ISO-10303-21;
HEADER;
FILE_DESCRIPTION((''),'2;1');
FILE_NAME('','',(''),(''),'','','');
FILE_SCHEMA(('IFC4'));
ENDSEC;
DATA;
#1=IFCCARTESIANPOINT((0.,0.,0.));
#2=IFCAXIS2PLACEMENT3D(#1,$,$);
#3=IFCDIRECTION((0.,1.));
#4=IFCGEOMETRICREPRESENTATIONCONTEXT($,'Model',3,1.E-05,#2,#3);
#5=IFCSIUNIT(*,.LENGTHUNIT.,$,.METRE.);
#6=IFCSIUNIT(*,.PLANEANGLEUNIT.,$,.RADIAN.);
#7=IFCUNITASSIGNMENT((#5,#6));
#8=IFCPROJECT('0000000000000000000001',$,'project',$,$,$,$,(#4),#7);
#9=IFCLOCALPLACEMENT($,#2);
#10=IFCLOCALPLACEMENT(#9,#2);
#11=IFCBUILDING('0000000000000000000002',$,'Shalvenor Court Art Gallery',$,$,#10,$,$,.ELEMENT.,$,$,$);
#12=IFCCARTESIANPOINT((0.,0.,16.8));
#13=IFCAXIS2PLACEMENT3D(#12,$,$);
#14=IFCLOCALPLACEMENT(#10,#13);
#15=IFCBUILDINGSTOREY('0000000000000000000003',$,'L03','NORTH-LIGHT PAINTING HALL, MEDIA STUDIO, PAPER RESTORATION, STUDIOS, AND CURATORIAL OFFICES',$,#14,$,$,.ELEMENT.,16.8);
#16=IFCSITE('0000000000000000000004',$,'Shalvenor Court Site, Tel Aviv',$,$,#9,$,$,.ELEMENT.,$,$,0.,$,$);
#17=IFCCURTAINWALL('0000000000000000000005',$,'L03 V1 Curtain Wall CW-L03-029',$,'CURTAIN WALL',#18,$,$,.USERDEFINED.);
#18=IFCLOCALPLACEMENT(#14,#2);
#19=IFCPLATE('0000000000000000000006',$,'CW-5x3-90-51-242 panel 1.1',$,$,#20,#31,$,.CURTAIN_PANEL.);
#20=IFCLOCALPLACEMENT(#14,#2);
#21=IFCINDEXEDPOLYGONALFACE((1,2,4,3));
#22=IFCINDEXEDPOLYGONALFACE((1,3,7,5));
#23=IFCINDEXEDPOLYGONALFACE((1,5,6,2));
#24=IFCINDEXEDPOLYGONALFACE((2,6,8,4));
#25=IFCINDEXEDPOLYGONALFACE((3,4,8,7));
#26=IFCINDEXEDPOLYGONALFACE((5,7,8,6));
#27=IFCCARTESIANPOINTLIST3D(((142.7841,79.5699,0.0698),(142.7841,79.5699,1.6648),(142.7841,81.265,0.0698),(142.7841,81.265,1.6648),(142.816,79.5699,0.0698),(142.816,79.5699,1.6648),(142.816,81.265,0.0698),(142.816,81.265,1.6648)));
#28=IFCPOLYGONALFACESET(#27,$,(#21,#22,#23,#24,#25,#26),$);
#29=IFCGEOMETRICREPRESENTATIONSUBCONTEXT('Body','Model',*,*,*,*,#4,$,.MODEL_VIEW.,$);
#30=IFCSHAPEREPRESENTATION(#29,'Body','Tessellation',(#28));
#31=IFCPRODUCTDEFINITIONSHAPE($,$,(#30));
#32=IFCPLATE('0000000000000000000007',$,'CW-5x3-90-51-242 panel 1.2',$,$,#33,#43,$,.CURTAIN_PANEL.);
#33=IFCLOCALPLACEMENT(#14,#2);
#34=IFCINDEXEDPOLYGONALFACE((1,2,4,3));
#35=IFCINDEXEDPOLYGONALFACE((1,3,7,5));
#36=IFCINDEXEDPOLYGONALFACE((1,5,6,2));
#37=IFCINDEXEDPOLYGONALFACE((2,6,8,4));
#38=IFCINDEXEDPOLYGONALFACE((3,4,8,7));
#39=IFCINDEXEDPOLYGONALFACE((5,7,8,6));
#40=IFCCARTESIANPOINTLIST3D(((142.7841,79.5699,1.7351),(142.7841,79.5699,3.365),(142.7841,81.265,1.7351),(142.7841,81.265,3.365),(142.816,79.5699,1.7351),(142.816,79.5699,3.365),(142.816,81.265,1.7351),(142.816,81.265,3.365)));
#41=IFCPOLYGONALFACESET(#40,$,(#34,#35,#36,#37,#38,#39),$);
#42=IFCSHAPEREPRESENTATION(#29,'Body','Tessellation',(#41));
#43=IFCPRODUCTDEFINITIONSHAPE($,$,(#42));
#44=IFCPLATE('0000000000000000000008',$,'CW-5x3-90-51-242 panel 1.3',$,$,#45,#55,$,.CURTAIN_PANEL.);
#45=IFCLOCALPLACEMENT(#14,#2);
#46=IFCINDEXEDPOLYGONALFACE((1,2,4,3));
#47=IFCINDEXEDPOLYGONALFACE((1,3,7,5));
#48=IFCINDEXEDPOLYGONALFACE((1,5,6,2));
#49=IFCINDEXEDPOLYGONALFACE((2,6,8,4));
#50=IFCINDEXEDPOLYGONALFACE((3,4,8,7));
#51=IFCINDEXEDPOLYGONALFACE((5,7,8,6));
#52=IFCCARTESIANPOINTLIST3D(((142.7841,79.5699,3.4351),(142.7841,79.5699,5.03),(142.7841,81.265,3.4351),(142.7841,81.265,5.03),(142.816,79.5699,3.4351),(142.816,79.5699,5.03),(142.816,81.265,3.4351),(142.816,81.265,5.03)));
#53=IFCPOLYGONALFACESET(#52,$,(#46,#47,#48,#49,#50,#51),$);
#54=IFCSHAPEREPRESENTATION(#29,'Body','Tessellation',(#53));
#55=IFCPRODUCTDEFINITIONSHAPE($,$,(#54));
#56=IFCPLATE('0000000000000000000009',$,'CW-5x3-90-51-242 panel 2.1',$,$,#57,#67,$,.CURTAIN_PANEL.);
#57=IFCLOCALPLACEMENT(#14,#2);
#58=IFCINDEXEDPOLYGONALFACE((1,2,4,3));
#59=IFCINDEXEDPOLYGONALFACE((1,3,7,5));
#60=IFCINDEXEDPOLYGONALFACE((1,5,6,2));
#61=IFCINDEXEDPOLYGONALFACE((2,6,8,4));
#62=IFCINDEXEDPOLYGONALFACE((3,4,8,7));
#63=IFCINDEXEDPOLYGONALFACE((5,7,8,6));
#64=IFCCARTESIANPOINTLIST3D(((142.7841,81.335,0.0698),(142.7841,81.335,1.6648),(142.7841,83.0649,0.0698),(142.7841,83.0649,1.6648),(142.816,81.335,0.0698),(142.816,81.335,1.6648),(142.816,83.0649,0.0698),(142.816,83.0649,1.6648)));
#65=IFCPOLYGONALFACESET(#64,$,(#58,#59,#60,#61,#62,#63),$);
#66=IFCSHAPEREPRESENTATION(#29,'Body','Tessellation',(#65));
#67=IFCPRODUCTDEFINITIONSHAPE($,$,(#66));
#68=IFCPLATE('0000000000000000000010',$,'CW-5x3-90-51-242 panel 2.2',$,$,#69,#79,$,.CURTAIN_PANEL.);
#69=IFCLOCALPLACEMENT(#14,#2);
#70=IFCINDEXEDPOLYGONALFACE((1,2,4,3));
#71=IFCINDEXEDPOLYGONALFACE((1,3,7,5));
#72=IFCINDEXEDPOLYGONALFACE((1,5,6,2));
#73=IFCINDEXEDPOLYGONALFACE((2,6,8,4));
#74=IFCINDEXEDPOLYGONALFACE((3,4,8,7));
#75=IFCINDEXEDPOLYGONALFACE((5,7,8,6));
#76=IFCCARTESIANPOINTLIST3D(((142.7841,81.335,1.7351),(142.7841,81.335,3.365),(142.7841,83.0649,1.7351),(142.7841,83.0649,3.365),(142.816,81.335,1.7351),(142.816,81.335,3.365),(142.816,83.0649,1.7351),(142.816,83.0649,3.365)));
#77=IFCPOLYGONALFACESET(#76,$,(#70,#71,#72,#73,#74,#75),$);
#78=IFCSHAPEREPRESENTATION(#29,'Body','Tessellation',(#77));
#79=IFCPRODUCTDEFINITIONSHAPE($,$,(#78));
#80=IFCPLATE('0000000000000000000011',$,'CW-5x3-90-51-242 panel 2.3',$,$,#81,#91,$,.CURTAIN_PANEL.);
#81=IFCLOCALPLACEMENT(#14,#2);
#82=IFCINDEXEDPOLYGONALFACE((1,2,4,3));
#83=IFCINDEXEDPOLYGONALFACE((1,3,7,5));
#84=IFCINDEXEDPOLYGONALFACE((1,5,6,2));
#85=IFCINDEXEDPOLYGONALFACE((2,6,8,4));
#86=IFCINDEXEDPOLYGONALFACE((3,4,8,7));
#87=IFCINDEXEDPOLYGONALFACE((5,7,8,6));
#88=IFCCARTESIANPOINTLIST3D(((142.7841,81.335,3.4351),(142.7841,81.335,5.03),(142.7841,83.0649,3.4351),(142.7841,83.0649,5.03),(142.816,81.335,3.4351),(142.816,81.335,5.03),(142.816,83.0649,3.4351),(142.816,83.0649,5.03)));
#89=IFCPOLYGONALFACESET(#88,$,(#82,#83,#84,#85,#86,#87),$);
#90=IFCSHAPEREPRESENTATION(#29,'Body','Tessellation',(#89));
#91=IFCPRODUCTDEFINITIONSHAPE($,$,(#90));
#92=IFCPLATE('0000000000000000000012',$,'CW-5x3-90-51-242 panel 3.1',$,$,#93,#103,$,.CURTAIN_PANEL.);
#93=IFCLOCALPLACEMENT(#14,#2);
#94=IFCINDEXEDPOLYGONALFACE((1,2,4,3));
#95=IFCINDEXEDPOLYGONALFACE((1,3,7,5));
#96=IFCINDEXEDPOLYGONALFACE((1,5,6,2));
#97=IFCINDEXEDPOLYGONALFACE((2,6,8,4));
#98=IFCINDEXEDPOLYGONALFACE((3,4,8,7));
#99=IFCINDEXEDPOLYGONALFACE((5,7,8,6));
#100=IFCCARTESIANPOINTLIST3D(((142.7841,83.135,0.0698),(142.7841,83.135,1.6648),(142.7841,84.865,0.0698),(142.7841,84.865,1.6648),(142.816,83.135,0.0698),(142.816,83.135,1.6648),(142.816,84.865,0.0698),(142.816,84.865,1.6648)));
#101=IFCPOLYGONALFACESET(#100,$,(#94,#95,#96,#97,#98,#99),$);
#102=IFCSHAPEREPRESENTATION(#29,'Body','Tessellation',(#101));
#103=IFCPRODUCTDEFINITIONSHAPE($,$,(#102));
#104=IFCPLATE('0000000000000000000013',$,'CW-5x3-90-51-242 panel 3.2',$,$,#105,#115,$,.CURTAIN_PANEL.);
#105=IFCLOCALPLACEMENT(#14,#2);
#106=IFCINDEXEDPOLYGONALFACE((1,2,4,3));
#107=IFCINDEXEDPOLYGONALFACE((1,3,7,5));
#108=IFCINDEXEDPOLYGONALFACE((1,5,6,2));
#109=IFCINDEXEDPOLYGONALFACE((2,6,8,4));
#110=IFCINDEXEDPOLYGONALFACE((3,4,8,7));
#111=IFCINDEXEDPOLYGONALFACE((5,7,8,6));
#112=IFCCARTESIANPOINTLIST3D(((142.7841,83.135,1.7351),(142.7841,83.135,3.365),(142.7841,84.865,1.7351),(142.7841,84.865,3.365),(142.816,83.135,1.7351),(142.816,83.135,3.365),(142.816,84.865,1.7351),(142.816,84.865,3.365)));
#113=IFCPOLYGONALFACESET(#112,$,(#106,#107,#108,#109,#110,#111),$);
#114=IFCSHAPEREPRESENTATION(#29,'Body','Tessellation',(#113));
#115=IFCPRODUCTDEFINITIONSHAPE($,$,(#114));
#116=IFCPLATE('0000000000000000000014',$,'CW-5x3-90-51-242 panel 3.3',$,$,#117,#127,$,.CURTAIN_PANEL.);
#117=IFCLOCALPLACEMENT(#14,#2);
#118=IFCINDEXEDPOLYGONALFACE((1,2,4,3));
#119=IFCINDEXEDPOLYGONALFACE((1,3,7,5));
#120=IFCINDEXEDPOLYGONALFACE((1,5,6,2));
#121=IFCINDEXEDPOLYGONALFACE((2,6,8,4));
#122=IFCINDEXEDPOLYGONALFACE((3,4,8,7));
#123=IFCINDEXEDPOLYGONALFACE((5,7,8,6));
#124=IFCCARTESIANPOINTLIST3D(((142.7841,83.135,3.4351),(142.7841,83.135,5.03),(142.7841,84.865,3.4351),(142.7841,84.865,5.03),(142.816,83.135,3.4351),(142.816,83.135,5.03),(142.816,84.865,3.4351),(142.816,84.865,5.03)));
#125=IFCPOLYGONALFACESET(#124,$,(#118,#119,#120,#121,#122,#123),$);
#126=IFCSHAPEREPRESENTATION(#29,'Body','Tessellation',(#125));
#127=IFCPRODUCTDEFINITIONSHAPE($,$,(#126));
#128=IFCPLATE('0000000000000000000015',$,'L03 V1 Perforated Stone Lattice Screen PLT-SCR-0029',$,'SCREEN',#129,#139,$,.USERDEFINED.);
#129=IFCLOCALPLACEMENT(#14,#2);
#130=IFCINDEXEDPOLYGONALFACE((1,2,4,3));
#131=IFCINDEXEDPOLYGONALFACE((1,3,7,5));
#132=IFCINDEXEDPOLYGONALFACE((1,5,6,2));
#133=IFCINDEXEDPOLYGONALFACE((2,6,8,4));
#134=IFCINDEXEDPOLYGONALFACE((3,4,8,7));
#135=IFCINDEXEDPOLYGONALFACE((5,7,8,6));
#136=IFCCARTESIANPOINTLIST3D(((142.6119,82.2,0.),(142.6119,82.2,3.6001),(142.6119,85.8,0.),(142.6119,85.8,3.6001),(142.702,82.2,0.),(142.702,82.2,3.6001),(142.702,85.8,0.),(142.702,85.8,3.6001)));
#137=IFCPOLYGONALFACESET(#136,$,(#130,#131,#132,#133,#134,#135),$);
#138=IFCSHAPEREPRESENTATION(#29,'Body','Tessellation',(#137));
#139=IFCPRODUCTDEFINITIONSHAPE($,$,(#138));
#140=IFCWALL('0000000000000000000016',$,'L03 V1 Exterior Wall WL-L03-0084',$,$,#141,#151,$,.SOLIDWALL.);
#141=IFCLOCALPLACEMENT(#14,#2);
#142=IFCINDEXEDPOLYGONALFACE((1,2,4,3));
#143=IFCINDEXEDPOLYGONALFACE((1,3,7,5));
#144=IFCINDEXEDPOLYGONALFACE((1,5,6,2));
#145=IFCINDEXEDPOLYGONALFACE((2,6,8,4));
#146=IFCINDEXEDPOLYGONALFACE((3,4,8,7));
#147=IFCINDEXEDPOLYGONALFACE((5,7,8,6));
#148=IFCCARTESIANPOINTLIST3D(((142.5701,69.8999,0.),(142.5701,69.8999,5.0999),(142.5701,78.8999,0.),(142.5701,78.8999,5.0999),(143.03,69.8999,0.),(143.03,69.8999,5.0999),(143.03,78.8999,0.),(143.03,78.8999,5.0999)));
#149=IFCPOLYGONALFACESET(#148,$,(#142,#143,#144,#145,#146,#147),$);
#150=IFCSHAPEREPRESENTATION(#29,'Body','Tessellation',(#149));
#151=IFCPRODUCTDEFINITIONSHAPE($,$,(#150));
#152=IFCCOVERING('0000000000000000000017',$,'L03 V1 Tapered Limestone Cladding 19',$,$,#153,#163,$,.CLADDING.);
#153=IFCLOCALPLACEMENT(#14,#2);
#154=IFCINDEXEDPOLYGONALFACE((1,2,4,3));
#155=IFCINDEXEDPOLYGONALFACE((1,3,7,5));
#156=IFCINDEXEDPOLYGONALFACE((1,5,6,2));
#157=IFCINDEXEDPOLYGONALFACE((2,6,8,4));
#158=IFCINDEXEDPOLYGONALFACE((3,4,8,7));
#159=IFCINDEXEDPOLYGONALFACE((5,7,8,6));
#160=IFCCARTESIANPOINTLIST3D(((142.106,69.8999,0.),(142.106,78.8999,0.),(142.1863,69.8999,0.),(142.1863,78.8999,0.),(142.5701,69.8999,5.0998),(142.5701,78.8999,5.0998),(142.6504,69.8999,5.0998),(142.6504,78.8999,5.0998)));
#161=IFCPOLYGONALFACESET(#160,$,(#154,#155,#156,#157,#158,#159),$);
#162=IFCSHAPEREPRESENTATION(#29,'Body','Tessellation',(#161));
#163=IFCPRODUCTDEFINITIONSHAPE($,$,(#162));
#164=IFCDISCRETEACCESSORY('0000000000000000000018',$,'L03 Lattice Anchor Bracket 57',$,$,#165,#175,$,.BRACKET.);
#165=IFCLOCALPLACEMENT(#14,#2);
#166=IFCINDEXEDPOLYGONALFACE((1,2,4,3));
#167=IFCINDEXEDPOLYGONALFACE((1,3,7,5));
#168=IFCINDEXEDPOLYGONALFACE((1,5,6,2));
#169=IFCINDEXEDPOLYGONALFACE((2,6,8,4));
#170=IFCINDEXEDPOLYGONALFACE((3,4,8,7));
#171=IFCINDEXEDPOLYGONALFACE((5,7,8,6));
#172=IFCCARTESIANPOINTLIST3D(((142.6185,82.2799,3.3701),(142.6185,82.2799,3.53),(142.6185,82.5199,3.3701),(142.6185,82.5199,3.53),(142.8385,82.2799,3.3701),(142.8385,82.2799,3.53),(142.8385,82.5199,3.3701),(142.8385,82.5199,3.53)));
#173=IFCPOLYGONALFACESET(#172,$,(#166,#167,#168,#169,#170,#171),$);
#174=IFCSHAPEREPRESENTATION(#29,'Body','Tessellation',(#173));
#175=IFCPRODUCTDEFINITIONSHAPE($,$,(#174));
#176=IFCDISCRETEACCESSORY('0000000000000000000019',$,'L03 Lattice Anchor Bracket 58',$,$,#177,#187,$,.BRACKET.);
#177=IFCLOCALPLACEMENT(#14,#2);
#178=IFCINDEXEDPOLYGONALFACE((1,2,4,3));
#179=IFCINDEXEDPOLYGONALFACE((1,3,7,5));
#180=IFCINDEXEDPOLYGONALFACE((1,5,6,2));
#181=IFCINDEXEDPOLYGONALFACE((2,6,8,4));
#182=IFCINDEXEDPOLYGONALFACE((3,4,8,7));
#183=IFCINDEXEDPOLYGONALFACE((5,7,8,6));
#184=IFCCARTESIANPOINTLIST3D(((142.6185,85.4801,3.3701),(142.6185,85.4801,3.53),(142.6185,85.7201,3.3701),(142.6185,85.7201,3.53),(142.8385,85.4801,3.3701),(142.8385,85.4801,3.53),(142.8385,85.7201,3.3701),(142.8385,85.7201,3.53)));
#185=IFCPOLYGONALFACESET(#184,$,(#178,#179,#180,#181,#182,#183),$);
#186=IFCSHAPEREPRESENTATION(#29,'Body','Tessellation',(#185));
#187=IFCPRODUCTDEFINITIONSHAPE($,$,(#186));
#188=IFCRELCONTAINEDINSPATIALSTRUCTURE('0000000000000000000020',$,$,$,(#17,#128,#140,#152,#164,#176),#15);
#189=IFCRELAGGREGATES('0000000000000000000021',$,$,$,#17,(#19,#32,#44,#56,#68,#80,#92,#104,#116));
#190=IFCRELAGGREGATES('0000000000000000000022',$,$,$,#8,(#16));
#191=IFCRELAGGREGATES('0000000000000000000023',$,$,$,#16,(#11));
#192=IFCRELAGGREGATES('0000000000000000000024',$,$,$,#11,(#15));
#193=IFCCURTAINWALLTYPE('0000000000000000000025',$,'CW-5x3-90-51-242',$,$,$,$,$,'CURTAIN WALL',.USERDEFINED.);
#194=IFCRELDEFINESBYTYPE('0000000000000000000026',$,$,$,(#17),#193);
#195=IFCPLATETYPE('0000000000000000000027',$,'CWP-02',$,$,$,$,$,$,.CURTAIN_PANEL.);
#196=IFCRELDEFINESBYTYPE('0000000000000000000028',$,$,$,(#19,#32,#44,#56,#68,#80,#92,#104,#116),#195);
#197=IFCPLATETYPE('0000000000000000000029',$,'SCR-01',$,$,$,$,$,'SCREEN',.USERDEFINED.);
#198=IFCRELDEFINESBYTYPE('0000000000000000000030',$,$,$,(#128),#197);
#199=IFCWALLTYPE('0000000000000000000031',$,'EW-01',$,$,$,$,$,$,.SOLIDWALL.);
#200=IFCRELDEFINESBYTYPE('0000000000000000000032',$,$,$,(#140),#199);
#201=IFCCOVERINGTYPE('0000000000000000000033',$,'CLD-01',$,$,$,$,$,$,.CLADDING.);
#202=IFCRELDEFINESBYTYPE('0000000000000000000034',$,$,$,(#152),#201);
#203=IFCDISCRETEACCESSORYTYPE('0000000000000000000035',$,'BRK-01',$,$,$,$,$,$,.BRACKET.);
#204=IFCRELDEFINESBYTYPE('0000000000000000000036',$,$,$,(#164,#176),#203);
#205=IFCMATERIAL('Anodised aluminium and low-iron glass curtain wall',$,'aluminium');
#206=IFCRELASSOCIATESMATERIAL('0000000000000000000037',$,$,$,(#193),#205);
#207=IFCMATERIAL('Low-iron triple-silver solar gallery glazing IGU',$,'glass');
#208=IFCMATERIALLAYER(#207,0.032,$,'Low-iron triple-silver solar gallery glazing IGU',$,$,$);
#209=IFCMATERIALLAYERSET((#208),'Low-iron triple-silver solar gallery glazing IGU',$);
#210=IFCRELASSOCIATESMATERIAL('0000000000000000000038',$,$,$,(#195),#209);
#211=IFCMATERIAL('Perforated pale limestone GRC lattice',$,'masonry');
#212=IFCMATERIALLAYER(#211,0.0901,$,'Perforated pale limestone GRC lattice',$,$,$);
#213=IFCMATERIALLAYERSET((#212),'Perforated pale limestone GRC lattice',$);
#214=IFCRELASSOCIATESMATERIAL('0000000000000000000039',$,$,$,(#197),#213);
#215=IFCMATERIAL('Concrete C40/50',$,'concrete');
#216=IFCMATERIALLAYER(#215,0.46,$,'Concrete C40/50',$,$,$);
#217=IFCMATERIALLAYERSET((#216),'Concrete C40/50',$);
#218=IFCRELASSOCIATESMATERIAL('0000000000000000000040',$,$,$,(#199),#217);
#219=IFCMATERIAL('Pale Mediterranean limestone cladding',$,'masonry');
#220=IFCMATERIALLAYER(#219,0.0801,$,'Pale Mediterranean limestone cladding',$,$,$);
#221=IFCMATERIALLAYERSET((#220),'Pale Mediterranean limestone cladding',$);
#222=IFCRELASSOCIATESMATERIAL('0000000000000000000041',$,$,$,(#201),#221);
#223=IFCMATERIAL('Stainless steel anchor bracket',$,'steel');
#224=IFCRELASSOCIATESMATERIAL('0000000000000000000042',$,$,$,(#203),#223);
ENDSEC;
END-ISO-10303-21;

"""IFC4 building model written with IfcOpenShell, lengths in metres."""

from ifc_helpers import new_model, si_unit, direction, frame, frame_2d, origin, origin_2d, place, context, subcontext, project, spatial, polyline, rectangle, outline, extrude, material, layer, layer_set, type_object, element, aggregate, save


model = new_model("IFC4")

# Units and contexts
model_context = context("Model", 3, precision=1e-05, world=origin(), true_north=direction((0.0, 1.0)))
body_context = subcontext(model_context, "Body", "Model", "MODEL_VIEW")
ifc_project = project(units=[si_unit("LENGTHUNIT", "METRE"), si_unit("PLANEANGLEUNIT", "RADIAN")], contexts=[model_context])

# Site, building, storey
site_placement = place(None, origin())
site = spatial("IfcSite", under=ifc_project, at=site_placement, Name="Shalvenor Court Site, Tel Aviv", CompositionType="ELEMENT", RefElevation=0.0)
building_placement = place(site_placement, origin())
building = spatial("IfcBuilding", under=site, at=building_placement, Name="Shalvenor Court Art Gallery", CompositionType="ELEMENT")
storey_placement = place(building_placement, frame((0.0, 0.0, 16.8)))
storey = spatial("IfcBuildingStorey", under=building, at=storey_placement, Name="L03", Description="NORTH-LIGHT PAINTING HALL, MEDIA STUDIO, PAPER RESTORATION, STUDIOS, AND CURATORIAL OFFICES", CompositionType="ELEMENT", Elevation=16.8)

# Curtain wall
ifc_material_1 = material(Name="Anodised aluminium and low-iron glass curtain wall", Category="aluminium")
curtain_wall_type_1 = type_object("IfcCurtainWallType", Name="CW-5x3-90-51-242", ElementType="CURTAIN WALL", PredefinedType="USERDEFINED", material=ifc_material_1)
curtain_wall_1_placement = place(storey_placement, origin())
curtain_wall_1 = element("IfcCurtainWall", 1, at=curtain_wall_1_placement, inside=storey, type_object=curtain_wall_type_1, Name="L03 V1 Curtain Wall CW-L03-029", ObjectType="CURTAIN WALL", PredefinedType="USERDEFINED")

# Plates
ifc_material_2 = material(Name="Low-iron triple-silver solar gallery glazing IGU", Category="glass")
ifc_layer_1 = layer(ifc_material_2, 0.032, Name="Low-iron triple-silver solar gallery glazing IGU")
ifc_layer_set_1 = layer_set([ifc_layer_1], Name="Low-iron triple-silver solar gallery glazing IGU")
plate_type_1 = type_object("IfcPlateType", Name="CWP-02", PredefinedType="CURTAIN_PANEL", material=ifc_layer_set_1)
plate_1_placement = place(storey_placement, frame((142.8, 80.4175, 0.0698), z_axis=(0.0, 0.0, 1.0), x_axis=(0.0, 1.0, 0.0)))
plate_1 = element("IfcPlate", 2, at=plate_1_placement, type_object=plate_type_1, Name="CW-5x3-90-51-242 panel 1.1", PredefinedType="CURTAIN_PANEL", context=body_context, shape_type="SweptSolid", body=[
    extrude(rectangle(XDim=1.6951, YDim=0.032, at=origin_2d()), origin(), (0.0, 0.0, 1.0), 1.595),
])
plate_2_placement = place(storey_placement, frame((142.8, 80.4175, 1.7351), z_axis=(0.0, 0.0, 1.0), x_axis=(0.0, 1.0, 0.0)))
plate_2 = element("IfcPlate", 3, at=plate_2_placement, type_object=plate_type_1, Name="CW-5x3-90-51-242 panel 1.2", PredefinedType="CURTAIN_PANEL", context=body_context, shape_type="SweptSolid", body=[
    extrude(rectangle(XDim=1.6951, YDim=0.032, at=origin_2d()), origin(), (0.0, 0.0, 1.0), 1.6299),
])
plate_3_placement = place(storey_placement, frame((142.8, 80.4175, 3.4351), z_axis=(0.0, 0.0, 1.0), x_axis=(0.0, 1.0, 0.0)))
plate_3 = element("IfcPlate", 4, at=plate_3_placement, type_object=plate_type_1, Name="CW-5x3-90-51-242 panel 1.3", PredefinedType="CURTAIN_PANEL", context=body_context, shape_type="SweptSolid", body=[
    extrude(rectangle(XDim=1.6951, YDim=0.032, at=origin_2d()), origin(), (0.0, 0.0, 1.0), 1.595),
])
plate_4_placement = place(storey_placement, frame((142.8, 82.2, 0.0698), z_axis=(0.0, 0.0, 1.0), x_axis=(0.0, 1.0, 0.0)))
plate_4 = element("IfcPlate", 5, at=plate_4_placement, type_object=plate_type_1, Name="CW-5x3-90-51-242 panel 2.1", PredefinedType="CURTAIN_PANEL", context=body_context, shape_type="SweptSolid", body=[
    extrude(rectangle(XDim=1.73, YDim=0.032, at=origin_2d()), origin(), (0.0, 0.0, 1.0), 1.595),
])
plate_5_placement = place(storey_placement, frame((142.8, 82.2, 1.7351), z_axis=(0.0, 0.0, 1.0), x_axis=(0.0, 1.0, 0.0)))
plate_5 = element("IfcPlate", 6, at=plate_5_placement, type_object=plate_type_1, Name="CW-5x3-90-51-242 panel 2.2", PredefinedType="CURTAIN_PANEL", context=body_context, shape_type="SweptSolid", body=[
    extrude(rectangle(XDim=1.73, YDim=0.032, at=origin_2d()), origin(), (0.0, 0.0, 1.0), 1.6299),
])
plate_6_placement = place(storey_placement, frame((142.8, 82.2, 3.4351), z_axis=(0.0, 0.0, 1.0), x_axis=(0.0, 1.0, 0.0)))
plate_6 = element("IfcPlate", 7, at=plate_6_placement, type_object=plate_type_1, Name="CW-5x3-90-51-242 panel 2.3", PredefinedType="CURTAIN_PANEL", context=body_context, shape_type="SweptSolid", body=[
    extrude(rectangle(XDim=1.73, YDim=0.032, at=origin_2d()), origin(), (0.0, 0.0, 1.0), 1.595),
])
plate_7_placement = place(storey_placement, frame((142.8, 84.0, 0.0698), z_axis=(0.0, 0.0, 1.0), x_axis=(0.0, 1.0, 0.0)))
plate_7 = element("IfcPlate", 8, at=plate_7_placement, type_object=plate_type_1, Name="CW-5x3-90-51-242 panel 3.1", PredefinedType="CURTAIN_PANEL", context=body_context, shape_type="SweptSolid", body=[
    extrude(rectangle(XDim=1.73, YDim=0.032, at=origin_2d()), origin(), (0.0, 0.0, 1.0), 1.595),
])
plate_8_placement = place(storey_placement, frame((142.8, 84.0, 1.7351), z_axis=(0.0, 0.0, 1.0), x_axis=(0.0, 1.0, 0.0)))
plate_8 = element("IfcPlate", 9, at=plate_8_placement, type_object=plate_type_1, Name="CW-5x3-90-51-242 panel 3.2", PredefinedType="CURTAIN_PANEL", context=body_context, shape_type="SweptSolid", body=[
    extrude(rectangle(XDim=1.73, YDim=0.032, at=origin_2d()), origin(), (0.0, 0.0, 1.0), 1.6299),
])
plate_9_placement = place(storey_placement, frame((142.8, 84.0, 3.4351), z_axis=(0.0, 0.0, 1.0), x_axis=(0.0, 1.0, 0.0)))
plate_9 = element("IfcPlate", 10, at=plate_9_placement, type_object=plate_type_1, Name="CW-5x3-90-51-242 panel 3.3", PredefinedType="CURTAIN_PANEL", context=body_context, shape_type="SweptSolid", body=[
    extrude(rectangle(XDim=1.73, YDim=0.032, at=origin_2d()), origin(), (0.0, 0.0, 1.0), 1.595),
])
aggregate(curtain_wall_1, [plate_1, plate_2, plate_3, plate_4, plate_5, plate_6, plate_7, plate_8, plate_9])
ifc_material_3 = material(Name="Perforated pale limestone GRC lattice", Category="masonry")
ifc_layer_2 = layer(ifc_material_3, 0.0901, Name="Perforated pale limestone GRC lattice")
ifc_layer_set_2 = layer_set([ifc_layer_2], Name="Perforated pale limestone GRC lattice")
plate_type_2 = type_object("IfcPlateType", Name="SCR-01", ElementType="SCREEN", PredefinedType="USERDEFINED", material=ifc_layer_set_2)
plate_10_placement = place(storey_placement, frame((142.657, 84.0, 0.0), z_axis=(0.0, 0.0, 1.0), x_axis=(0.0, 1.0, 0.0)))
element("IfcPlate", 11, at=plate_10_placement, inside=storey, type_object=plate_type_2, Name="L03 V1 Perforated Stone Lattice Screen PLT-SCR-0029", ObjectType="SCREEN", PredefinedType="USERDEFINED", context=body_context, shape_type="SweptSolid", body=[
    extrude(rectangle(XDim=3.6001, YDim=0.0901, at=origin_2d()), origin(), (0.0, 0.0, 1.0), 3.6001),
])

# Wall
ifc_material_4 = material(Name="Concrete C40/50", Category="concrete")
ifc_layer_3 = layer(ifc_material_4, 0.46, Name="Concrete C40/50")
ifc_layer_set_3 = layer_set([ifc_layer_3], Name="Concrete C40/50")
wall_type = type_object("IfcWallType", Name="EW-01", PredefinedType="SOLIDWALL", material=ifc_layer_set_3)
wall_placement = place(storey_placement, frame((142.8, 69.8999, 0.0), z_axis=(0.0, 0.0, 1.0), x_axis=(0.0, 1.0, 0.0)))
element("IfcWall", 12, at=wall_placement, inside=storey, type_object=wall_type, Name="L03 V1 Exterior Wall WL-L03-0084", PredefinedType="SOLIDWALL", context=body_context, shape_type="SweptSolid", body=[
    extrude(rectangle(XDim=9.0, YDim=0.46, at=frame_2d((4.5, 0.0))), origin(), (0.0, 0.0, 1.0), 5.0999),
])

# Covering
ifc_material_5 = material(Name="Pale Mediterranean limestone cladding", Category="masonry")
ifc_layer_4 = layer(ifc_material_5, 0.0801, Name="Pale Mediterranean limestone cladding")
ifc_layer_set_4 = layer_set([ifc_layer_4], Name="Pale Mediterranean limestone cladding")
covering_type = type_object("IfcCoveringType", Name="CLD-01", PredefinedType="CLADDING", material=ifc_layer_set_4)
covering_placement = place(storey_placement, frame((142.106, 78.8999, 0.0), z_axis=(0.0, 0.0, 1.0), x_axis=(0.0, -1.0, 0.0)))
element("IfcCovering", 13, at=covering_placement, inside=storey, type_object=covering_type, Name="L03 V1 Tapered Limestone Cladding 19", PredefinedType="CLADDING", context=body_context, shape_type="SweptSolid", body=[
    extrude(outline(polyline([(0.0, 0.0), (9.0, 0.0), (9.0, 5.1208), (0.0, 5.1208), (0.0, 0.0)])), frame((0.0, 0.0, 0.0), z_axis=(0.0, -0.995884, 0.090633), x_axis=(1.0, 0.0, 0.0)), (0.0, 0.090633, -0.995884), 0.0803),
])

# Discrete accessories
ifc_material_6 = material(Name="Stainless steel anchor bracket", Category="steel")
discrete_accessory_type = type_object("IfcDiscreteAccessoryType", Name="BRK-01", PredefinedType="BRACKET", material=ifc_material_6)
for number, where, z_axis, x_axis, name in (
    (14, (142.7285, 82.3999, 3.3701), (0.0, 0.0, 1.0), (0.0, 1.0, 0.0), "L03 Lattice Anchor Bracket 57"),
    (15, (142.7285, 85.6001, 3.3701), (0.0, 0.0, 1.0), (0.0, 1.0, 0.0), "L03 Lattice Anchor Bracket 58"),
):
    element("IfcDiscreteAccessory", number, at=place(storey_placement, frame(where, z_axis=z_axis, x_axis=x_axis)), inside=storey, type_object=discrete_accessory_type, Name=name, PredefinedType="BRACKET", context=body_context, shape_type="SweptSolid", body=[
        extrude(rectangle(XDim=0.24, YDim=0.22, at=origin_2d()), origin(), (0.0, 0.0, 1.0), 0.1599),
    ])

save(model, "model.ifc")
